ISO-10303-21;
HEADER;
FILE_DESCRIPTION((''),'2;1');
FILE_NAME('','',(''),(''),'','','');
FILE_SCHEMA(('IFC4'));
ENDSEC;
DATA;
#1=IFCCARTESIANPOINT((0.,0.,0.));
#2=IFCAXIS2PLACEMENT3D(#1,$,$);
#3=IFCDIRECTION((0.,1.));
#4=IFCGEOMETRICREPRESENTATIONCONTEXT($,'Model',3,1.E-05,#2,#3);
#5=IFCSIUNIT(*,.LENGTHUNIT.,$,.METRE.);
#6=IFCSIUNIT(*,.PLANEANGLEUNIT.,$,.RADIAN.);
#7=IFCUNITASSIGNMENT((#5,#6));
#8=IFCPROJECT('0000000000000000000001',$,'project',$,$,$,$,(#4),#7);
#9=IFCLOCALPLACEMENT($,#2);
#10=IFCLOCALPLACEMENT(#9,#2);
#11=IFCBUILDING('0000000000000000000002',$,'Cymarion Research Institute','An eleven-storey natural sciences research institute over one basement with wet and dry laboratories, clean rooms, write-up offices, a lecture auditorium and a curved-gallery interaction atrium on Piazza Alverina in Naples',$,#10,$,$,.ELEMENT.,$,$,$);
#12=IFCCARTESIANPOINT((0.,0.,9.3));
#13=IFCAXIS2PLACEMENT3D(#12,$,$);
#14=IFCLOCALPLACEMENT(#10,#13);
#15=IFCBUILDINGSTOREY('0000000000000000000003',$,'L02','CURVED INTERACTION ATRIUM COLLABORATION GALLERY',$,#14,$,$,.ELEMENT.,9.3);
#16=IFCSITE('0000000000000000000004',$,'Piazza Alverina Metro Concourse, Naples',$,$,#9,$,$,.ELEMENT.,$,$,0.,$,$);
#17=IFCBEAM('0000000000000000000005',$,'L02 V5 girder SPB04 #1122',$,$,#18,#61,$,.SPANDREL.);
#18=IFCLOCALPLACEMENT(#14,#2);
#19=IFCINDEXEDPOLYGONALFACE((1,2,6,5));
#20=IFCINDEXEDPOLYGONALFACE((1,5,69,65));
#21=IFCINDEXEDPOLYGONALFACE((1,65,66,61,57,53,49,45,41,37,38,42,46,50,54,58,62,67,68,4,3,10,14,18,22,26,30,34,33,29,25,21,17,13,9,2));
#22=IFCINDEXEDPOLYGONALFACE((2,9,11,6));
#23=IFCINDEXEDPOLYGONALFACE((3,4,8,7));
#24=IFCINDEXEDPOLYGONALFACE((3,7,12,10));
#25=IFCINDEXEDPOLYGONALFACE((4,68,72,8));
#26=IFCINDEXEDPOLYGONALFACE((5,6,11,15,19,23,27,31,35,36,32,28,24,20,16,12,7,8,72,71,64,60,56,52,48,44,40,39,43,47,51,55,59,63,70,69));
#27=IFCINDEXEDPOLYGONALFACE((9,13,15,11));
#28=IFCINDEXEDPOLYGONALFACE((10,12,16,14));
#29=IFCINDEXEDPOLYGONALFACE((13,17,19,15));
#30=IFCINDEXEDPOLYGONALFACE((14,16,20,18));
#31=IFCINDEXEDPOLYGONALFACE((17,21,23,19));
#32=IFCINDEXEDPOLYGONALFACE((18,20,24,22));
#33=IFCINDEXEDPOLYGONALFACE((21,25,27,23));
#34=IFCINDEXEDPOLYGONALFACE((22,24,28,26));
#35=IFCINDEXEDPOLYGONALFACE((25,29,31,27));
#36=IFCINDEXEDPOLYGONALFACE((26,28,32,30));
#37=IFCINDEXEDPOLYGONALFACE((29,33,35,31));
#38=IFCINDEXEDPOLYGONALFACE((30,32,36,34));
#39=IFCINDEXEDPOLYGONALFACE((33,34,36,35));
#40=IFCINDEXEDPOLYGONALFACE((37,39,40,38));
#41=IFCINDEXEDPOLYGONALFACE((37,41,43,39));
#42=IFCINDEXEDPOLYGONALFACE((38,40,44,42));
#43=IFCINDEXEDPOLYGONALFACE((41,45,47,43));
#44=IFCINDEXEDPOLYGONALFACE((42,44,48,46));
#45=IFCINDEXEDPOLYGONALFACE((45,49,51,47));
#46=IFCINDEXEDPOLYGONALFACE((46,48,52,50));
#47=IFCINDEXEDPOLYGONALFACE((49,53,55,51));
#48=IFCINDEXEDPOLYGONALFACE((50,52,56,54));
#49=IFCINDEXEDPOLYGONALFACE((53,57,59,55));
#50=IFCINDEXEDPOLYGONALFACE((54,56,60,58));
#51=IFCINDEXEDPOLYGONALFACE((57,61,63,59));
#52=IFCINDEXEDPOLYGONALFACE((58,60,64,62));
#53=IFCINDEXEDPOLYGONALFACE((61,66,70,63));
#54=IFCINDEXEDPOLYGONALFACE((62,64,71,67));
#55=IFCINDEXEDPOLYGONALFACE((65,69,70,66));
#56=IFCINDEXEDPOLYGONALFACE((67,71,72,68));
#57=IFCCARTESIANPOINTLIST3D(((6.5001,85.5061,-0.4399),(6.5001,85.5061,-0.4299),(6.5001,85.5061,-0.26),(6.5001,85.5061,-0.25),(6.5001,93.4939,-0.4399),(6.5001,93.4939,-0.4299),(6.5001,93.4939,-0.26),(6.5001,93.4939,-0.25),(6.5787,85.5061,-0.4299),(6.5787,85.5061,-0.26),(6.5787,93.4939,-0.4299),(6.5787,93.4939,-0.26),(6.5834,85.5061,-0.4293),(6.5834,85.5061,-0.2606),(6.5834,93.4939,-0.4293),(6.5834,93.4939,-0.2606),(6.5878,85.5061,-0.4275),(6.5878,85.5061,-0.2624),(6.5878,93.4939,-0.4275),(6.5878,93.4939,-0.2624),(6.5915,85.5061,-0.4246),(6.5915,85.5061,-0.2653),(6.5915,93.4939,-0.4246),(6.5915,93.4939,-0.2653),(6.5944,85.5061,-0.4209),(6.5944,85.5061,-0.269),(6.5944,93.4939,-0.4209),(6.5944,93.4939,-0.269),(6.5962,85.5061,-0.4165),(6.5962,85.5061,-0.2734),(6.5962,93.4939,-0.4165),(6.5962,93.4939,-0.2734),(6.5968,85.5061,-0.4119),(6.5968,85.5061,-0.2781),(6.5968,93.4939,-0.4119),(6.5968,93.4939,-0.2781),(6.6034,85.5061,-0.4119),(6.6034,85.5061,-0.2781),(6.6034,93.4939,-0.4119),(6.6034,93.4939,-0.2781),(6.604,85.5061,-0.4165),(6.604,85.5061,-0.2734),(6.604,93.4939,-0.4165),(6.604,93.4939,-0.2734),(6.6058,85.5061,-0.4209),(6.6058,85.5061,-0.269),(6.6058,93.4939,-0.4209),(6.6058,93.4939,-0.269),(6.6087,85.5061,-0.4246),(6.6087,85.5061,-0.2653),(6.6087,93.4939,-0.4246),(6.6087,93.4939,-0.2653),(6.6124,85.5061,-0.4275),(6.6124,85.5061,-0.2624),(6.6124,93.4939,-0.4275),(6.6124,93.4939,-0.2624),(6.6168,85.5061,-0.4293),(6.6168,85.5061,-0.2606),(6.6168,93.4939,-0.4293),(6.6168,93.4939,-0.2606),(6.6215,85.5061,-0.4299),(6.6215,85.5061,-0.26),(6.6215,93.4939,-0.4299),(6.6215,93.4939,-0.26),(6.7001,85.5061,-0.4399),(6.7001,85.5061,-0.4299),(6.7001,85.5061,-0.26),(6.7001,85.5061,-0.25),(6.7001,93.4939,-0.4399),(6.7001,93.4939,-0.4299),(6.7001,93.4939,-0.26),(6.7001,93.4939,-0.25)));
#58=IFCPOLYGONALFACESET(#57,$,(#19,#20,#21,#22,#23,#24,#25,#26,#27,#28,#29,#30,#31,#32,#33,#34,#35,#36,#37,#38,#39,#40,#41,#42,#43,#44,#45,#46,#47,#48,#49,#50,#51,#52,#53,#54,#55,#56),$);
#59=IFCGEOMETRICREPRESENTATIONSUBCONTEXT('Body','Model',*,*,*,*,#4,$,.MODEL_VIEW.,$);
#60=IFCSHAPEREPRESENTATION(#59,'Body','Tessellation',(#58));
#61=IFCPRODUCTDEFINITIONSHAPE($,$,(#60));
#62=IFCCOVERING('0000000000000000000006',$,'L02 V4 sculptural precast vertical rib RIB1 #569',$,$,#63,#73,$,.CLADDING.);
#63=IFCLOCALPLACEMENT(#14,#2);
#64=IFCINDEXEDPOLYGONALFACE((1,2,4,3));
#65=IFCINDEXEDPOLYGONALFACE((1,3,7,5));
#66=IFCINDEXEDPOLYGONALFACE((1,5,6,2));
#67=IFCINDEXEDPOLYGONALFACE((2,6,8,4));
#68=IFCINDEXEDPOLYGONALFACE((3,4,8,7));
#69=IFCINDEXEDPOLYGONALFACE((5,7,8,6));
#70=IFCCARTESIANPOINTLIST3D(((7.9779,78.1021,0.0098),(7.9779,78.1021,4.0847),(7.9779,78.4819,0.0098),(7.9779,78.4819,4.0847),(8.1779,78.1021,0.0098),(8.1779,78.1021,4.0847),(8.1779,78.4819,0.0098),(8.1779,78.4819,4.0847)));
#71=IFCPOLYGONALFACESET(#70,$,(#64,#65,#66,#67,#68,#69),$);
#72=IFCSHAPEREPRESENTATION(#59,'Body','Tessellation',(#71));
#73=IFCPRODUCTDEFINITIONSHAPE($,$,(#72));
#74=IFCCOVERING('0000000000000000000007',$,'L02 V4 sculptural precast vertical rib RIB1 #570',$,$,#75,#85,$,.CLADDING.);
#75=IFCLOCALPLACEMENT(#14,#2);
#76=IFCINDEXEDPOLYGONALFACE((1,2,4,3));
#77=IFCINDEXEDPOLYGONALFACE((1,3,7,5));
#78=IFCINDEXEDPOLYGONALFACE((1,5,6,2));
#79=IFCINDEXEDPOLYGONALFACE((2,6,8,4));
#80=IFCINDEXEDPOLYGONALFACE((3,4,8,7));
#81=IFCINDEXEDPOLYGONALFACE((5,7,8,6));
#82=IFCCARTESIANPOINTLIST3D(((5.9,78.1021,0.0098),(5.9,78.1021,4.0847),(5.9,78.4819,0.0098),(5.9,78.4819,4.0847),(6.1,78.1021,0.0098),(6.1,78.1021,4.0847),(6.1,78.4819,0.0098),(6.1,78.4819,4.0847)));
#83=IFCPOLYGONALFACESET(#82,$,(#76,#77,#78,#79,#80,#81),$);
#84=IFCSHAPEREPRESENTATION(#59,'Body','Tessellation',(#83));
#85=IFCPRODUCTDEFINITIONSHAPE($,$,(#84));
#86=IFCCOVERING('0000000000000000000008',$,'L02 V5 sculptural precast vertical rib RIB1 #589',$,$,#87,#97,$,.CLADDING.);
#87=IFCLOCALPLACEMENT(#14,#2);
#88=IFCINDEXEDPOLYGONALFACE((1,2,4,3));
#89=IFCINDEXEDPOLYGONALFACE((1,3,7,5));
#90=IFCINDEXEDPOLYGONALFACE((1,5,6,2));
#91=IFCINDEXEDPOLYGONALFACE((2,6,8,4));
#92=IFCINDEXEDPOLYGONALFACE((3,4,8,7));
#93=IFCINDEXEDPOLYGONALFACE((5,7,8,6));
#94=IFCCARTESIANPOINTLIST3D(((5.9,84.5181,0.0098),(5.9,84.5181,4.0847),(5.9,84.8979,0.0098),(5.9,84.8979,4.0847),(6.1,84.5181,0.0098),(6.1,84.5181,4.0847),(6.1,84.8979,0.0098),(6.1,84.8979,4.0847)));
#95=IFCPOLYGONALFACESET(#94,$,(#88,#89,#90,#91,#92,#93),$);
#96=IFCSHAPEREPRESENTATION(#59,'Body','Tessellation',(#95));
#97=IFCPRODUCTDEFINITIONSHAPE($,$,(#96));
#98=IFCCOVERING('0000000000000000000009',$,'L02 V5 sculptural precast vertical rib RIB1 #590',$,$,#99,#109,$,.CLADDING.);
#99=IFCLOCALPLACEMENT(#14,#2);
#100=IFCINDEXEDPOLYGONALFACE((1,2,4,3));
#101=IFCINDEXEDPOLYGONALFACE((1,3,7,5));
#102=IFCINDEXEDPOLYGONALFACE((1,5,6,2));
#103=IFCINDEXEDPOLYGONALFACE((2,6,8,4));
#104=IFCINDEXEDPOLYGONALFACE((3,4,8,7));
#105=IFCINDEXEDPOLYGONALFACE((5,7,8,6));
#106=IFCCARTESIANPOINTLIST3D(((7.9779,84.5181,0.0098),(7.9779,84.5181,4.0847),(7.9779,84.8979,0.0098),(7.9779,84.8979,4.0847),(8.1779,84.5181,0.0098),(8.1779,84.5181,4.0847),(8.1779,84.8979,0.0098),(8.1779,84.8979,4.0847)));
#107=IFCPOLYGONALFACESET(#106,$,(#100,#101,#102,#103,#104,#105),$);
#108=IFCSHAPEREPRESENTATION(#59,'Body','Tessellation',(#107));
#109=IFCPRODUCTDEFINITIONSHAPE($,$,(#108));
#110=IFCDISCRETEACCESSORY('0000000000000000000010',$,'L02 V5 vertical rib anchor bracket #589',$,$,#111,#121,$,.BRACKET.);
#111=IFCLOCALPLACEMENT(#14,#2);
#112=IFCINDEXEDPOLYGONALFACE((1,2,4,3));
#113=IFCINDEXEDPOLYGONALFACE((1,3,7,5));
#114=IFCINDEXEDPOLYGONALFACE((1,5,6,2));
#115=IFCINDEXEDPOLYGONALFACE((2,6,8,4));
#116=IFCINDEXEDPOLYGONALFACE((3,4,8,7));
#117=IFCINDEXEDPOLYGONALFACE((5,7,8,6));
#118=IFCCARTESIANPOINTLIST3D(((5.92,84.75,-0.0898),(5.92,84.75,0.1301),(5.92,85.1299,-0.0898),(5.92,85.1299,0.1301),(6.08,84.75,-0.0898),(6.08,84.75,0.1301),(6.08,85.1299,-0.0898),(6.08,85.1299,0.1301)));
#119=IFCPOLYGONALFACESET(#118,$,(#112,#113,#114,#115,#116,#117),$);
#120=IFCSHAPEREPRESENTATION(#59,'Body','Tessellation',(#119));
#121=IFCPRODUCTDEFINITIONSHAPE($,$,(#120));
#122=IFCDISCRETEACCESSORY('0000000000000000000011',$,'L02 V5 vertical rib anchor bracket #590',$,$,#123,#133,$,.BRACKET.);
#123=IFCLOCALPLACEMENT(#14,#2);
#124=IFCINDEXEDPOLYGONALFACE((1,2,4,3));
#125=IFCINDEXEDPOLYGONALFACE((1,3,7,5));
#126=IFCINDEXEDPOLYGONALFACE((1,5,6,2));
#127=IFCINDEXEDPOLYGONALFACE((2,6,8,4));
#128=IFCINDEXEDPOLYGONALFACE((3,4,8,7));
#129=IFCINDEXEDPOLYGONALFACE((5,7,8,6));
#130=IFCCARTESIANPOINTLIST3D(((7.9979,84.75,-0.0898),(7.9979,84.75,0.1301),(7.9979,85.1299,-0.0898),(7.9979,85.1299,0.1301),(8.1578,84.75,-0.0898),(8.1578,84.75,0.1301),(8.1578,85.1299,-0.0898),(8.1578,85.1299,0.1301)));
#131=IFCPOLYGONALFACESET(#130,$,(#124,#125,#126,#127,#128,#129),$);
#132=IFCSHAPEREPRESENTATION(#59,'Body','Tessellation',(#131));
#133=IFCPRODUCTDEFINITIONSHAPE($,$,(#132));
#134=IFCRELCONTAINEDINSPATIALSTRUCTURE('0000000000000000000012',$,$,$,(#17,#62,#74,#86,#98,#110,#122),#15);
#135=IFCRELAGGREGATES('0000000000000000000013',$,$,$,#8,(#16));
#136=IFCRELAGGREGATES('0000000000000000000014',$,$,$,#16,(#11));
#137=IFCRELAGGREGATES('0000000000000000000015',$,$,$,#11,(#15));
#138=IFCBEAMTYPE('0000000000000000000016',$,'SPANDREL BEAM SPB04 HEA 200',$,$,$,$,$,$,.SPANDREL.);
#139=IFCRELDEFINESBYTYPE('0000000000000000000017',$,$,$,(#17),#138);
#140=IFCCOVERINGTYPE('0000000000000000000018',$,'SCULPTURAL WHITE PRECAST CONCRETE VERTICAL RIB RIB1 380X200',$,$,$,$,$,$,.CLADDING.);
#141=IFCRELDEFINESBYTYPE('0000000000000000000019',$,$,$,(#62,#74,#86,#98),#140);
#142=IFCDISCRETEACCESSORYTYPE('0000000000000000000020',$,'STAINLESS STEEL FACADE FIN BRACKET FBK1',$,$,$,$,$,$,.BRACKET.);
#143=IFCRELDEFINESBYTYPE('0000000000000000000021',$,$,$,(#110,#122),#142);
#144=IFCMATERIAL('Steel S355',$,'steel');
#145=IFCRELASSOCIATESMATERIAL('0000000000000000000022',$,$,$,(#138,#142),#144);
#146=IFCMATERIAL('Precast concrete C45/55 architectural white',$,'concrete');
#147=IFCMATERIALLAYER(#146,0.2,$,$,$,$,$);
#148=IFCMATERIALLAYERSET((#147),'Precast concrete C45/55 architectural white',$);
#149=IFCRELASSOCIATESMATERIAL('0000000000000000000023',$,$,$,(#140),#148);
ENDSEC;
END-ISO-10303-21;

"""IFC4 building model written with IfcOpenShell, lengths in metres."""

from ifc_helpers import new_model, si_unit, direction, frame, origin, origin_2d, place, context, subcontext, project, spatial, rectangle, i_section, extrude, material, layer, layer_set, material_profile, profile_set, type_object, element, save


model = new_model("IFC4")

# Units and contexts
model_context = context("Model", 3, precision=1e-05, world=origin(), true_north=direction((0.0, 1.0)))
body_context = subcontext(model_context, "Body", "Model", "MODEL_VIEW")
ifc_project = project(units=[si_unit("LENGTHUNIT", "METRE"), si_unit("PLANEANGLEUNIT", "RADIAN")], contexts=[model_context])

# Site, building, storey
site_placement = place(None, origin())
site = spatial("IfcSite", under=ifc_project, at=site_placement, Name="Piazza Alverina Metro Concourse, Naples", CompositionType="ELEMENT", RefElevation=0.0)
building_placement = place(site_placement, origin())
building = spatial("IfcBuilding", under=site, at=building_placement, Name="Cymarion Research Institute", Description="An eleven-storey natural sciences research institute over one basement with wet and dry laboratories, clean rooms, write-up offices, a lecture auditorium and a curved-gallery interaction atrium on Piazza Alverina in Naples", CompositionType="ELEMENT")
storey_placement = place(building_placement, frame((0.0, 0.0, 9.3)))
storey = spatial("IfcBuildingStorey", under=building, at=storey_placement, Name="L02", Description="CURVED INTERACTION ATRIUM COLLABORATION GALLERY", CompositionType="ELEMENT", Elevation=9.3)

# Shared definitions
ifc_material_1 = material(Name="Steel S355", Category="steel")

# Beam
ifc_material_profile_1 = material_profile(ifc_material_1, i_section(OverallWidth=0.2, OverallDepth=0.1899, WebThickness=0.0066, FlangeThickness=0.01, FilletRadius=0.0181, at=origin_2d()), Name="HEA 200")
ifc_profile_set_1 = profile_set([ifc_material_profile_1], Name="Steel S355")
beam_type_1 = type_object("IfcBeamType", Name="SPANDREL BEAM SPB04 HEA 200", PredefinedType="SPANDREL", material=ifc_profile_set_1)
beam_1_placement = place(storey_placement, frame((6.6001, 85.5061, -0.345), z_axis=(0.0, 1.0, 0.0), x_axis=(-1.0, 0.0, 0.0)))
element("IfcBeam", 1, at=beam_1_placement, inside=storey, type_object=beam_type_1, Name="L02 V5 girder SPB04 #1122", PredefinedType="SPANDREL", context=body_context, shape_type="SweptSolid", body=[
    extrude(i_section(OverallWidth=0.2, OverallDepth=0.1899, WebThickness=0.0066, FlangeThickness=0.01, FilletRadius=0.0181, at=origin_2d()), origin(), (0.0, 0.0, 1.0), 7.9878),
])

# Coverings
ifc_material_2 = material(Name="Precast concrete C45/55 architectural white", Category="concrete")
ifc_layer_1 = layer(ifc_material_2, 0.2)
ifc_layer_set_1 = layer_set([ifc_layer_1], Name="Precast concrete C45/55 architectural white")
covering_type = type_object("IfcCoveringType", Name="SCULPTURAL WHITE PRECAST CONCRETE VERTICAL RIB RIB1 380X200", PredefinedType="CLADDING", material=ifc_layer_set_1)
for number, where, z_axis, x_axis, name in (
    (2, (8.0779, 78.292, 0.0098), (0.0, 0.0, 1.0), (0.0, 1.0, 0.0), "L02 V4 sculptural precast vertical rib RIB1 #569"),
    (3, (6.0, 78.292, 0.0098), (0.0, 0.0, 1.0), (0.0, 1.0, 0.0), "L02 V4 sculptural precast vertical rib RIB1 #570"),
    (4, (6.0, 84.708, 0.0098), (0.0, 0.0, 1.0), (0.0, -1.0, 0.0), "L02 V5 sculptural precast vertical rib RIB1 #589"),
    (5, (8.0779, 84.708, 0.0098), (0.0, 0.0, 1.0), (0.0, -1.0, 0.0), "L02 V5 sculptural precast vertical rib RIB1 #590"),
):
    element("IfcCovering", number, at=place(storey_placement, frame(where, z_axis=z_axis, x_axis=x_axis)), inside=storey, type_object=covering_type, Name=name, PredefinedType="CLADDING", context=body_context, shape_type="SweptSolid", body=[
        extrude(rectangle(XDim=0.3799, YDim=0.2, at=origin_2d()), origin(), (0.0, 0.0, 1.0), 4.075),
    ])

# Discrete accessories
discrete_accessory_type = type_object("IfcDiscreteAccessoryType", Name="STAINLESS STEEL FACADE FIN BRACKET FBK1", PredefinedType="BRACKET", material=ifc_material_1)
for number, where, z_axis, x_axis, name in (
    (6, (6.0, 84.9399, -0.0898), (0.0, 0.0, 1.0), (0.0, -1.0, 0.0), "L02 V5 vertical rib anchor bracket #589"),
    (7, (8.0779, 84.9399, -0.0898), (0.0, 0.0, 1.0), (0.0, -1.0, 0.0), "L02 V5 vertical rib anchor bracket #590"),
):
    element("IfcDiscreteAccessory", number, at=place(storey_placement, frame(where, z_axis=z_axis, x_axis=x_axis)), inside=storey, type_object=discrete_accessory_type, Name=name, PredefinedType="BRACKET", context=body_context, shape_type="SweptSolid", body=[
        extrude(rectangle(XDim=0.3799, YDim=0.1599, at=origin_2d()), origin(), (0.0, 0.0, 1.0), 0.22),
    ])

save(model, "model.ifc")
